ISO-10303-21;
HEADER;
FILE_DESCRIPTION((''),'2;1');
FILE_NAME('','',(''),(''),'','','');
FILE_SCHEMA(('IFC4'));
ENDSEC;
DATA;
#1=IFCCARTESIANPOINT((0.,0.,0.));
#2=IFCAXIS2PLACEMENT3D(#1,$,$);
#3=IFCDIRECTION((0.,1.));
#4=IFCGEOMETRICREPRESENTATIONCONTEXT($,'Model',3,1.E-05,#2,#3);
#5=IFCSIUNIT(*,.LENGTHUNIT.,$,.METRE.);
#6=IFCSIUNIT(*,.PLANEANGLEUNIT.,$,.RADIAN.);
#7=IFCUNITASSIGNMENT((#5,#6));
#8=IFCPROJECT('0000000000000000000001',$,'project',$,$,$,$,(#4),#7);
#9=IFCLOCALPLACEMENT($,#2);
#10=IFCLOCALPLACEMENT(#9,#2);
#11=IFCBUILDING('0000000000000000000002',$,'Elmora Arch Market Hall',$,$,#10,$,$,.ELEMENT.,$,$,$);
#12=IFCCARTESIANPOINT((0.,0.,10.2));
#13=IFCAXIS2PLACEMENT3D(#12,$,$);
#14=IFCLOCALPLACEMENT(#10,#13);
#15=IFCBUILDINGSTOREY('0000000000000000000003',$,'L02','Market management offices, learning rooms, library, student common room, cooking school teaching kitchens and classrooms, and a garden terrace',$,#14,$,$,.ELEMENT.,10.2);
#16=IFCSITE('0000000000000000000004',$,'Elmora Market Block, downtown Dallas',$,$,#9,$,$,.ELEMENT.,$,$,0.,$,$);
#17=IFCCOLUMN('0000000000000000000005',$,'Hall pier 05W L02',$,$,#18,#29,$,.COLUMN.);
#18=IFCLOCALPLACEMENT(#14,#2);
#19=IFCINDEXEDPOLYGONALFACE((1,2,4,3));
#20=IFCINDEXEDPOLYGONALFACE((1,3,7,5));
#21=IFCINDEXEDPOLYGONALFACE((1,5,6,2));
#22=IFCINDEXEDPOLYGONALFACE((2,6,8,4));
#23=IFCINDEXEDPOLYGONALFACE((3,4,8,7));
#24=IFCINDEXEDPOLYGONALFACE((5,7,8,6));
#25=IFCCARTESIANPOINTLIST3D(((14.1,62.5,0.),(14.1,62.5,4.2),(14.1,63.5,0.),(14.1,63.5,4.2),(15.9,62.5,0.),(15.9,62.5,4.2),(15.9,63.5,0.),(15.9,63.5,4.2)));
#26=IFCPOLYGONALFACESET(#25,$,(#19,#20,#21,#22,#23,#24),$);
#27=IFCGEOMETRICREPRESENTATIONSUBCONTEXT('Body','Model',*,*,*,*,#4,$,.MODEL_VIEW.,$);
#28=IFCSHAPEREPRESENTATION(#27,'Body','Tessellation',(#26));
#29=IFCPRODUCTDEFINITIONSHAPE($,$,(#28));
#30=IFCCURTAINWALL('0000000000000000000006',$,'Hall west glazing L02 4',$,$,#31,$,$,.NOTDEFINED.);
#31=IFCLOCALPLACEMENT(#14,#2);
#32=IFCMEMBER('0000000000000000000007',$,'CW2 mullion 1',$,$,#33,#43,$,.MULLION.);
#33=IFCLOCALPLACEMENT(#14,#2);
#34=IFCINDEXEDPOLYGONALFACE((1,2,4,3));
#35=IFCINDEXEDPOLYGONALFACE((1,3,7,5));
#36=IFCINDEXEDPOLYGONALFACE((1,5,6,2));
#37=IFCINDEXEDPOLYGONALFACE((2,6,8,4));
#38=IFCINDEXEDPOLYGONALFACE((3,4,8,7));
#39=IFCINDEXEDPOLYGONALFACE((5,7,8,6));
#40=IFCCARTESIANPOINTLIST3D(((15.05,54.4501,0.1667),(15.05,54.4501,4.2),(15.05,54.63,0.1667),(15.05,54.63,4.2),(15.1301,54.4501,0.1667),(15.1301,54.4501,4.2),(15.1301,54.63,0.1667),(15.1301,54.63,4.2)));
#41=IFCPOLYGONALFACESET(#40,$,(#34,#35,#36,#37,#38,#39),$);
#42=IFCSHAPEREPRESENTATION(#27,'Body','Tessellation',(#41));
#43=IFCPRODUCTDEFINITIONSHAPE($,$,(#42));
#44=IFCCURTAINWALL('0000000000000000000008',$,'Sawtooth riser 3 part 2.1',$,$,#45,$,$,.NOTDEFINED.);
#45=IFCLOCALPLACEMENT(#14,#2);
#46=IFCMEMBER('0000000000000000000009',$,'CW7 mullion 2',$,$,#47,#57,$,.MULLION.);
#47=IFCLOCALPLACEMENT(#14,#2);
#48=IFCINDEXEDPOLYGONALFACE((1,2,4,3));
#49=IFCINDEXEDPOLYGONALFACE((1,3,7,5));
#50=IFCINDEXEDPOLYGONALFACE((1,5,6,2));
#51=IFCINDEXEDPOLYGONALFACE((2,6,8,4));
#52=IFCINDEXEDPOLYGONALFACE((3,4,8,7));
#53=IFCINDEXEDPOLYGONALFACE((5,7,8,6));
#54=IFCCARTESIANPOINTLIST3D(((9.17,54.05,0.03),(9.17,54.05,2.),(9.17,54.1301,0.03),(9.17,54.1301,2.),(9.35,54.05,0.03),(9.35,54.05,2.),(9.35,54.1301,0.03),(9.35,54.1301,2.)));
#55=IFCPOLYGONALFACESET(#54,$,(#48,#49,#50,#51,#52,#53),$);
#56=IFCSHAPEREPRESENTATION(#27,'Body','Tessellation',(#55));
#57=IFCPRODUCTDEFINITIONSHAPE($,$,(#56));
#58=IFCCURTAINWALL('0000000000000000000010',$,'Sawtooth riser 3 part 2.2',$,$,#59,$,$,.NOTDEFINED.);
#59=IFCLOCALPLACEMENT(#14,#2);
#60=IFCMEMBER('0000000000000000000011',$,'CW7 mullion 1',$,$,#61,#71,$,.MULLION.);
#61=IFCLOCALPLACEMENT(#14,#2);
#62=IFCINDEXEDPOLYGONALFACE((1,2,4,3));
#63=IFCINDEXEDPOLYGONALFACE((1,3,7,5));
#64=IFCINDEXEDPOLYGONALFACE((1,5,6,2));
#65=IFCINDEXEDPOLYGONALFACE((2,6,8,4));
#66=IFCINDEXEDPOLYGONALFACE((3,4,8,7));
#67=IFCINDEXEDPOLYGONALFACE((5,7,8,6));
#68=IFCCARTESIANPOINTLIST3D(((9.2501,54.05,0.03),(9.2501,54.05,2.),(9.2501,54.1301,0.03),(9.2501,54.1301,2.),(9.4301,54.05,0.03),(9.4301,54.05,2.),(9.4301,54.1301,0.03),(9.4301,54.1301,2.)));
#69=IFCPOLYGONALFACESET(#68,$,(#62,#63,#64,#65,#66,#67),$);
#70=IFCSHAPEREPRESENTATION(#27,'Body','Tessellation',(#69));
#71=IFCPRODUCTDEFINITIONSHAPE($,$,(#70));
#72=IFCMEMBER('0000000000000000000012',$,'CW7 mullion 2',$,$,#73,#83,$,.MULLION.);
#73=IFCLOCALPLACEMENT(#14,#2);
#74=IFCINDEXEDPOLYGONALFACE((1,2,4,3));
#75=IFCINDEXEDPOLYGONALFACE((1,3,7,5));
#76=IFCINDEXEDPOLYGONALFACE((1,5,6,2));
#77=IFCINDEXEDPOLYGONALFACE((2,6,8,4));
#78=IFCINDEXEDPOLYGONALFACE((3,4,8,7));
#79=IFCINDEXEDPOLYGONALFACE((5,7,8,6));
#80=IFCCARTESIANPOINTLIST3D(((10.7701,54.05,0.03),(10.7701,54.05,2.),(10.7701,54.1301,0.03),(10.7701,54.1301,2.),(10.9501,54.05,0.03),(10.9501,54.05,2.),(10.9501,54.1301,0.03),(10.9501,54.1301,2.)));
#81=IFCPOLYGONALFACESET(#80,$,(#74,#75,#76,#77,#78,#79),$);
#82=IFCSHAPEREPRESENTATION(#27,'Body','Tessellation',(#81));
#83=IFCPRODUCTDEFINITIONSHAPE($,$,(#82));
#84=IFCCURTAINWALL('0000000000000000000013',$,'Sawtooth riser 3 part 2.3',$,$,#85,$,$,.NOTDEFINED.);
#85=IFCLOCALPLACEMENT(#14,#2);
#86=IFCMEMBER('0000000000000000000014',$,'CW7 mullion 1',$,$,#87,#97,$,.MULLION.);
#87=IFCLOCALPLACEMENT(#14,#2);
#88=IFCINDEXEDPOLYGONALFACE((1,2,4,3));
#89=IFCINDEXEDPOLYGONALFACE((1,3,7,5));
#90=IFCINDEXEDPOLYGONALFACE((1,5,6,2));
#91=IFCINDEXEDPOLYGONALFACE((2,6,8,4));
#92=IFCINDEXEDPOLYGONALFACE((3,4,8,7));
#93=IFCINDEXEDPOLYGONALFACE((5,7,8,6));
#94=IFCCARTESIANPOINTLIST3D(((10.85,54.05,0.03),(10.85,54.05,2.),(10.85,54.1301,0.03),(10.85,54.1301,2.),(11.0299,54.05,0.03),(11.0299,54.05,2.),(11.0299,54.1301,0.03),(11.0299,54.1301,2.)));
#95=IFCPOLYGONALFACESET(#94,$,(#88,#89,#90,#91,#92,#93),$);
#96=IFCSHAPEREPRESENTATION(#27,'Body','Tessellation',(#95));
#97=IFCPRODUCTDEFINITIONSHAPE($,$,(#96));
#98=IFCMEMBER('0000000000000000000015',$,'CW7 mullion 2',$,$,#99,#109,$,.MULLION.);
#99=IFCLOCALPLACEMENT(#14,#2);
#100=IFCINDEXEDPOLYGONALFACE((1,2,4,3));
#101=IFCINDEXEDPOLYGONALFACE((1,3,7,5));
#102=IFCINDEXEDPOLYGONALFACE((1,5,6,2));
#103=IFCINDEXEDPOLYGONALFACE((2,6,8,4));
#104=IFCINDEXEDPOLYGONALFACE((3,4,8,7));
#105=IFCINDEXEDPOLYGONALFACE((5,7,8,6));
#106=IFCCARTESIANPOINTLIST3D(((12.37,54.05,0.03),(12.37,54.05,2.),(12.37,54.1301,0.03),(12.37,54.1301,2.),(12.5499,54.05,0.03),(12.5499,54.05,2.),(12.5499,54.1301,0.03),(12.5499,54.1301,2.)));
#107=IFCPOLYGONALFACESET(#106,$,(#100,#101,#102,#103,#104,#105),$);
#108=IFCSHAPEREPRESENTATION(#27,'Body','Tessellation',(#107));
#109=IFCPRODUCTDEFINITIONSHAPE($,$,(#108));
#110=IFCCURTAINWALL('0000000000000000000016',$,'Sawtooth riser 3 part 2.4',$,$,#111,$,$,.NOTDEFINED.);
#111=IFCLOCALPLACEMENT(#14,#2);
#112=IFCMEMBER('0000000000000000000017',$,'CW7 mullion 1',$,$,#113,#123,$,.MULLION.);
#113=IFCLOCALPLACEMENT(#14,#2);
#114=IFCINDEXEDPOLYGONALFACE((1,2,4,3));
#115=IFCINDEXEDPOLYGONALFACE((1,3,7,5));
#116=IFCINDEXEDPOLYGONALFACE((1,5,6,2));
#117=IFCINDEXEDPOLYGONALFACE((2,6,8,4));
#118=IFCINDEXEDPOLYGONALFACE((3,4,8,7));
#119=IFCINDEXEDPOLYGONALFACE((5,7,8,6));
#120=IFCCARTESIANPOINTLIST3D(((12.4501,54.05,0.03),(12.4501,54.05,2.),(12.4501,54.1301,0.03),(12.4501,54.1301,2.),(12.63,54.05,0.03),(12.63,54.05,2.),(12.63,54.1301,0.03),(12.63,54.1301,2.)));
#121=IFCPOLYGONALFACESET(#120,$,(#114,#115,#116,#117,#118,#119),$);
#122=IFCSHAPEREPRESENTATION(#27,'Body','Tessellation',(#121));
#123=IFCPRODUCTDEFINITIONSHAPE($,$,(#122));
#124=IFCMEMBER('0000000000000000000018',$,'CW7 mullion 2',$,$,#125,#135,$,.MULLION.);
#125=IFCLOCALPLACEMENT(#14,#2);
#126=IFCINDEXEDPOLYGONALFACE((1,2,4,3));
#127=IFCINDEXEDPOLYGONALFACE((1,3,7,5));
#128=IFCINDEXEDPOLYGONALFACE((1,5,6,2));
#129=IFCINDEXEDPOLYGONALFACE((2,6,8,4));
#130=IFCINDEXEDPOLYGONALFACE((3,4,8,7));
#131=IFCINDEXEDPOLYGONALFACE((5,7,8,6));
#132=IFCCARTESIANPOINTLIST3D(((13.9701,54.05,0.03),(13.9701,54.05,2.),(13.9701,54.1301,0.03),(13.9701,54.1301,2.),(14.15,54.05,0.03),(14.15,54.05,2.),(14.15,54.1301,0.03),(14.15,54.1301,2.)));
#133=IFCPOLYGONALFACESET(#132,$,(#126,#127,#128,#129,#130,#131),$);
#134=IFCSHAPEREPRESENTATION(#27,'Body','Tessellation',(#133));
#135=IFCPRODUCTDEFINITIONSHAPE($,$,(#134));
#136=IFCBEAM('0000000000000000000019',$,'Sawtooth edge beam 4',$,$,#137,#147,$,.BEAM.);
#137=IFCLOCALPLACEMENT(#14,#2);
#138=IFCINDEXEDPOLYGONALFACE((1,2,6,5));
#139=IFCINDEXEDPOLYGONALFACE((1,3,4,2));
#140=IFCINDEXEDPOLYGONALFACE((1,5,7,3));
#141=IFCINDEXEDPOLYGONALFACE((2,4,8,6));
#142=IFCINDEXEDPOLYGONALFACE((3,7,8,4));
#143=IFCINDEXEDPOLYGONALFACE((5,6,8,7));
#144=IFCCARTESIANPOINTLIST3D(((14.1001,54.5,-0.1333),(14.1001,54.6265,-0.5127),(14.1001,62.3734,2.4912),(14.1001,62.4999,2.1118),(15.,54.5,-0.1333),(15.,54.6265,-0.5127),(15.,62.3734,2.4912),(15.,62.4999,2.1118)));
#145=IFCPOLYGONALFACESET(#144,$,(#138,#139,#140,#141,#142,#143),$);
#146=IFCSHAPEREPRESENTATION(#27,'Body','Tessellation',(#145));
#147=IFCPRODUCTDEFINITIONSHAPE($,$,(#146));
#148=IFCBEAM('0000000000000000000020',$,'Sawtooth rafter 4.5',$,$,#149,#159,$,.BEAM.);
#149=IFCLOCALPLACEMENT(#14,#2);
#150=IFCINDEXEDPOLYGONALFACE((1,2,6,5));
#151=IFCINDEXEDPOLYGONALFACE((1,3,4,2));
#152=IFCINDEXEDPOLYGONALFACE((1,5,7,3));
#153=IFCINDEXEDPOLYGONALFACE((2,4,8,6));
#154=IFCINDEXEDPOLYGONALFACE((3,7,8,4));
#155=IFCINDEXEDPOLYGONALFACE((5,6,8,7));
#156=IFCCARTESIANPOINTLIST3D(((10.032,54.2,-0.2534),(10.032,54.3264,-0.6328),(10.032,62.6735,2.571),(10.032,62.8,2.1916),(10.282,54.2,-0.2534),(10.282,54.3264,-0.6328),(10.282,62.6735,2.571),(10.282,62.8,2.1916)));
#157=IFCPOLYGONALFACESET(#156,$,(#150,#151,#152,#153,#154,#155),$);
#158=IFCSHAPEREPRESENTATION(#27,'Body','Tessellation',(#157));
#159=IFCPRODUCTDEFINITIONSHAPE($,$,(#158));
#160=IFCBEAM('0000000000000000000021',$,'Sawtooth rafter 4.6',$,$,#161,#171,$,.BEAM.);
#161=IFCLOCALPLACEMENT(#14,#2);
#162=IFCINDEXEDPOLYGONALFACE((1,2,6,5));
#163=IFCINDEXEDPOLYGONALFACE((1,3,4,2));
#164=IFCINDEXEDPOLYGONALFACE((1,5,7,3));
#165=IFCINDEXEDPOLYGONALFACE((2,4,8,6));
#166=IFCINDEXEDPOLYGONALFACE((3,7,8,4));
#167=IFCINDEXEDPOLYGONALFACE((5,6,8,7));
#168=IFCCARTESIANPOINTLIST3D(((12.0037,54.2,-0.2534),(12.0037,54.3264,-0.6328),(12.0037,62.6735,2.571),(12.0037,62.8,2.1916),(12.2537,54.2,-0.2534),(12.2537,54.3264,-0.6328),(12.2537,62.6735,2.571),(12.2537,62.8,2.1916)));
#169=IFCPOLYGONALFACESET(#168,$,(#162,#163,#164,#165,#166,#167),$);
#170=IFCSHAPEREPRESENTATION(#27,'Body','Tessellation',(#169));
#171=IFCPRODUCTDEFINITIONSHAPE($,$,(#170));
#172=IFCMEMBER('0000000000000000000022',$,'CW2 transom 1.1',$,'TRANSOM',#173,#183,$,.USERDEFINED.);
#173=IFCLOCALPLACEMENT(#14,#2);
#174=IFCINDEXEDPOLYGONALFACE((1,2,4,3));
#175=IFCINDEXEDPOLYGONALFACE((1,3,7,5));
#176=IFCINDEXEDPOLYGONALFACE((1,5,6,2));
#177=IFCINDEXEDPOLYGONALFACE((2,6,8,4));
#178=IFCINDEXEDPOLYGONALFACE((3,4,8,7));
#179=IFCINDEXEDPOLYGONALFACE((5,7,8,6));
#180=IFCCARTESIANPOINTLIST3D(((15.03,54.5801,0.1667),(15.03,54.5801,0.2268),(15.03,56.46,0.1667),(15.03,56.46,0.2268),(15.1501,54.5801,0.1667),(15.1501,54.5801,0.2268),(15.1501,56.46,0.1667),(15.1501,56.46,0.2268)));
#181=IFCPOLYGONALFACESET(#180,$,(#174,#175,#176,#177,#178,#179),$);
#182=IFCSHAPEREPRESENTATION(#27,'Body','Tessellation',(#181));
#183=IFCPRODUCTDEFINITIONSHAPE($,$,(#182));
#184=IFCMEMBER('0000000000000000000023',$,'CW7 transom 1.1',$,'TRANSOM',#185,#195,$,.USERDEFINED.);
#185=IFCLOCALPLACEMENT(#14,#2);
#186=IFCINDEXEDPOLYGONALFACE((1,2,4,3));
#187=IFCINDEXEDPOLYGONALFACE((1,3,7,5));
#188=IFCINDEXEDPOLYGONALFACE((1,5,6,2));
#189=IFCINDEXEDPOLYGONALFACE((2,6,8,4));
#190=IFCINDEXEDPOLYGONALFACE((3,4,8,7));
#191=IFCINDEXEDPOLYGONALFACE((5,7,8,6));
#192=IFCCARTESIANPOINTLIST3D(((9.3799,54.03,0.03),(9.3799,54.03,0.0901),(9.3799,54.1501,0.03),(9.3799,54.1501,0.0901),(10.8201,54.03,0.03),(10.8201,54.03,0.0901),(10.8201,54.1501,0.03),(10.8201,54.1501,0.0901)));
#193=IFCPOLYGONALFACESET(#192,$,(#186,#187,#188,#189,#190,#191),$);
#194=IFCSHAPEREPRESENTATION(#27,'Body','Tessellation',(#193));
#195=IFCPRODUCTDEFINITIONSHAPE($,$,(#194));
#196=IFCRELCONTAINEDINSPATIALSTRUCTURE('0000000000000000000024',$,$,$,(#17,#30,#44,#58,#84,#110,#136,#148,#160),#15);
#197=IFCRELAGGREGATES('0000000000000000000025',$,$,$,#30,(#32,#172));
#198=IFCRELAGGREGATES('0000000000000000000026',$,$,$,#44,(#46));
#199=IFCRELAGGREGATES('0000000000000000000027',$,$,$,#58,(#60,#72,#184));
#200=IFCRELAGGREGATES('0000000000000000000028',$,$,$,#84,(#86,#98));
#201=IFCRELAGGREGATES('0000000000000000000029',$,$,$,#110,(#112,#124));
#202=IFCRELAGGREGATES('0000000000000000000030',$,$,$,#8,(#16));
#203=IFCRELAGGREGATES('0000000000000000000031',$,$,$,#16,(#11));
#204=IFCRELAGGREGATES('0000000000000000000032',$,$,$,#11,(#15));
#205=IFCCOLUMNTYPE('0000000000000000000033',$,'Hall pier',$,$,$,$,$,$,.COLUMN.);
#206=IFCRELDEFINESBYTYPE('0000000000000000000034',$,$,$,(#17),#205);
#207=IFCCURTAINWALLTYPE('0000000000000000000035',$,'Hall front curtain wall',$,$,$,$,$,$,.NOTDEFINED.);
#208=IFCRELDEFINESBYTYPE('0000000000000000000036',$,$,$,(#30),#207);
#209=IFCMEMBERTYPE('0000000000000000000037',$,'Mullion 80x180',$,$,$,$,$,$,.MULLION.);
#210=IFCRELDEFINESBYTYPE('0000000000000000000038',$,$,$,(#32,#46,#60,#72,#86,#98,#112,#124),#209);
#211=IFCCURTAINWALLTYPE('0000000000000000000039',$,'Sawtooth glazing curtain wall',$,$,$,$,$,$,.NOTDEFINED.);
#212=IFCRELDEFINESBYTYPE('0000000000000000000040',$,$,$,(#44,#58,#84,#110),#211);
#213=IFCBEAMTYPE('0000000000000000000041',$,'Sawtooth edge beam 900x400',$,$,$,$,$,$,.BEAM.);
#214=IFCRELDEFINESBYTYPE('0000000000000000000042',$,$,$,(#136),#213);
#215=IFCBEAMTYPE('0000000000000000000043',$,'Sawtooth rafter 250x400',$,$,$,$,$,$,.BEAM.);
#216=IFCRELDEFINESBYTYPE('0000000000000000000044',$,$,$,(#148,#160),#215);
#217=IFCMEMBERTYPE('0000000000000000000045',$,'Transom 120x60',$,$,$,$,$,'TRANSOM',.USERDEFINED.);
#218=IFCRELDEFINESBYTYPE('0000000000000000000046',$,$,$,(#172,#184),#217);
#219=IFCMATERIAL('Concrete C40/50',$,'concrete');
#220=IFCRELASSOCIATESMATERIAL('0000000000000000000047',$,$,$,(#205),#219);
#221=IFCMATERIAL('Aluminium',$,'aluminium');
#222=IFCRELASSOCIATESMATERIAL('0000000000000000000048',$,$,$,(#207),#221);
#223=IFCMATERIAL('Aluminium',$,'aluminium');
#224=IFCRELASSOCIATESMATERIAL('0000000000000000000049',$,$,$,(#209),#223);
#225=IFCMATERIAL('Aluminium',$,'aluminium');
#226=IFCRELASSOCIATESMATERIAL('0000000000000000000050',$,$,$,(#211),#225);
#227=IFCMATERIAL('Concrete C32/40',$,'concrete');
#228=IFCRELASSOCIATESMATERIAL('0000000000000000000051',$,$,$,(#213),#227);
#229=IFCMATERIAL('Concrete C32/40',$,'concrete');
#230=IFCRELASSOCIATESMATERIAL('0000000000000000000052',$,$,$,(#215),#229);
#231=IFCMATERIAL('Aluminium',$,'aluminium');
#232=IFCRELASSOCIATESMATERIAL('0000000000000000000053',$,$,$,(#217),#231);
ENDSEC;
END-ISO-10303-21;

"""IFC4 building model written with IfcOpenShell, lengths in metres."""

from ifc_helpers import new_model, si_unit, direction, frame, origin, origin_2d, place, context, subcontext, project, spatial, rectangle, extrude, material, material_profile, profile_set, type_object, element, aggregate, save


model = new_model("IFC4")

# Units and contexts
model_context = context("Model", 3, precision=1e-05, world=origin(), true_north=direction((0.0, 1.0)))
body_context = subcontext(model_context, "Body", "Model", "MODEL_VIEW")
ifc_project = project(units=[si_unit("LENGTHUNIT", "METRE"), si_unit("PLANEANGLEUNIT", "RADIAN")], contexts=[model_context])

# Site, building, storey
site_placement = place(None, origin())
site = spatial("IfcSite", under=ifc_project, at=site_placement, Name="Elmora Market Block, downtown Dallas", CompositionType="ELEMENT", RefElevation=0.0)
building_placement = place(site_placement, origin())
building = spatial("IfcBuilding", under=site, at=building_placement, Name="Elmora Arch Market Hall", CompositionType="ELEMENT")
storey_placement = place(building_placement, frame((0.0, 0.0, 10.2)))
storey = spatial("IfcBuildingStorey", under=building, at=storey_placement, Name="L02", Description="Market management offices, learning rooms, library, student common room, cooking school teaching kitchens and classrooms, and a garden terrace", CompositionType="ELEMENT", Elevation=10.2)

# Column
ifc_material_1 = material(Name="Concrete C40/50", Category="concrete")
ifc_material_profile_1 = material_profile(ifc_material_1, rectangle(XDim=1.8, YDim=1.0, at=origin_2d()), Name="Hall pier")
ifc_profile_set_1 = profile_set([ifc_material_profile_1], Name="Concrete C40/50")
column_type = type_object("IfcColumnType", Name="Hall pier", PredefinedType="COLUMN", material=ifc_profile_set_1)
column_placement = place(storey_placement, frame((15.0, 63.0, 0.0), z_axis=(0.0, 0.0, 1.0), x_axis=(1.0, 0.0, 0.0)))
element("IfcColumn", 1, at=column_placement, inside=storey, type_object=column_type, Name="Hall pier 05W L02", PredefinedType="COLUMN", context=body_context, shape_type="SweptSolid", body=[
    extrude(rectangle(XDim=1.8, YDim=1.0, at=origin_2d()), origin(), (0.0, 0.0, 1.0), 4.2),
])

# Curtain walls, members
ifc_material_2 = material(Name="Aluminium", Category="aluminium")
curtain_wall_type_1 = type_object("IfcCurtainWallType", Name="Hall front curtain wall", PredefinedType="NOTDEFINED", material=ifc_material_2)
curtain_wall_1_placement = place(storey_placement, origin())
curtain_wall_1 = element("IfcCurtainWall", 2, at=curtain_wall_1_placement, inside=storey, type_object=curtain_wall_type_1, Name="Hall west glazing L02 4", PredefinedType="NOTDEFINED")
ifc_material_3 = material(Name="Aluminium", Category="aluminium")
ifc_material_profile_2 = material_profile(ifc_material_3, rectangle(XDim=0.0801, YDim=0.1799, at=origin_2d()), Name="AL 80x180")
ifc_profile_set_2 = profile_set([ifc_material_profile_2], Name="Aluminium")
member_type_1 = type_object("IfcMemberType", Name="Mullion 80x180", PredefinedType="MULLION", material=ifc_profile_set_2)
member_1_placement = place(storey_placement, frame((15.0901, 54.54, 0.1667), z_axis=(0.0, 0.0, 1.0), x_axis=(-1.0, 0.0, 0.0)))
member_1 = element("IfcMember", 3, at=member_1_placement, type_object=member_type_1, Name="CW2 mullion 1", PredefinedType="MULLION", context=body_context, shape_type="SweptSolid", body=[
    extrude(rectangle(XDim=0.0801, YDim=0.1799, at=origin_2d()), origin(), (0.0, 0.0, 1.0), 4.0332),
])
ifc_material_4 = material(Name="Aluminium", Category="aluminium")
curtain_wall_type_2 = type_object("IfcCurtainWallType", Name="Sawtooth glazing curtain wall", PredefinedType="NOTDEFINED", material=ifc_material_4)
curtain_wall_2_placement = place(storey_placement, origin())
curtain_wall_2 = element("IfcCurtainWall", 4, at=curtain_wall_2_placement, inside=storey, type_object=curtain_wall_type_2, Name="Sawtooth riser 3 part 2.1", PredefinedType="NOTDEFINED")
member_2_placement = place(storey_placement, frame((9.26, 54.0901, 0.03), z_axis=(0.0, 0.0, 1.0), x_axis=(0.0, 1.0, 0.0)))
member_2 = element("IfcMember", 5, at=member_2_placement, type_object=member_type_1, Name="CW7 mullion 2", PredefinedType="MULLION", context=body_context, shape_type="SweptSolid", body=[
    extrude(rectangle(XDim=0.0801, YDim=0.1799, at=origin_2d()), origin(), (0.0, 0.0, 1.0), 1.97),
])

# Curtain walls, members
curtain_wall_3_placement = place(storey_placement, origin())
curtain_wall_3 = element("IfcCurtainWall", 6, at=curtain_wall_3_placement, inside=storey, type_object=curtain_wall_type_2, Name="Sawtooth riser 3 part 2.2", PredefinedType="NOTDEFINED")
member_3_placement = place(storey_placement, frame((9.3401, 54.0901, 0.03), z_axis=(0.0, 0.0, 1.0), x_axis=(0.0, 1.0, 0.0)))
member_3 = element("IfcMember", 7, at=member_3_placement, type_object=member_type_1, Name="CW7 mullion 1", PredefinedType="MULLION", context=body_context, shape_type="SweptSolid", body=[
    extrude(rectangle(XDim=0.0801, YDim=0.1799, at=origin_2d()), origin(), (0.0, 0.0, 1.0), 1.97),
])
member_4_placement = place(storey_placement, frame((10.8601, 54.0901, 0.03), z_axis=(0.0, 0.0, 1.0), x_axis=(0.0, 1.0, 0.0)))
member_4 = element("IfcMember", 8, at=member_4_placement, type_object=member_type_1, Name="CW7 mullion 2", PredefinedType="MULLION", context=body_context, shape_type="SweptSolid", body=[
    extrude(rectangle(XDim=0.0801, YDim=0.1799, at=origin_2d()), origin(), (0.0, 0.0, 1.0), 1.97),
])
curtain_wall_4_placement = place(storey_placement, origin())
curtain_wall_4 = element("IfcCurtainWall", 9, at=curtain_wall_4_placement, inside=storey, type_object=curtain_wall_type_2, Name="Sawtooth riser 3 part 2.3", PredefinedType="NOTDEFINED")
member_5_placement = place(storey_placement, frame((10.9399, 54.0901, 0.03), z_axis=(0.0, 0.0, 1.0), x_axis=(0.0, 1.0, 0.0)))
member_5 = element("IfcMember", 10, at=member_5_placement, type_object=member_type_1, Name="CW7 mullion 1", PredefinedType="MULLION", context=body_context, shape_type="SweptSolid", body=[
    extrude(rectangle(XDim=0.0801, YDim=0.1799, at=origin_2d()), origin(), (0.0, 0.0, 1.0), 1.97),
])
member_6_placement = place(storey_placement, frame((12.46, 54.0901, 0.03), z_axis=(0.0, 0.0, 1.0), x_axis=(0.0, 1.0, 0.0)))
member_6 = element("IfcMember", 11, at=member_6_placement, type_object=member_type_1, Name="CW7 mullion 2", PredefinedType="MULLION", context=body_context, shape_type="SweptSolid", body=[
    extrude(rectangle(XDim=0.0801, YDim=0.1799, at=origin_2d()), origin(), (0.0, 0.0, 1.0), 1.97),
])
curtain_wall_5_placement = place(storey_placement, origin())
curtain_wall_5 = element("IfcCurtainWall", 12, at=curtain_wall_5_placement, inside=storey, type_object=curtain_wall_type_2, Name="Sawtooth riser 3 part 2.4", PredefinedType="NOTDEFINED")
member_7_placement = place(storey_placement, frame((12.54, 54.0901, 0.03), z_axis=(0.0, 0.0, 1.0), x_axis=(0.0, 1.0, 0.0)))
member_7 = element("IfcMember", 13, at=member_7_placement, type_object=member_type_1, Name="CW7 mullion 1", PredefinedType="MULLION", context=body_context, shape_type="SweptSolid", body=[
    extrude(rectangle(XDim=0.0801, YDim=0.1799, at=origin_2d()), origin(), (0.0, 0.0, 1.0), 1.97),
])
member_8_placement = place(storey_placement, frame((14.0601, 54.0901, 0.03), z_axis=(0.0, 0.0, 1.0), x_axis=(0.0, 1.0, 0.0)))
member_8 = element("IfcMember", 14, at=member_8_placement, type_object=member_type_1, Name="CW7 mullion 2", PredefinedType="MULLION", context=body_context, shape_type="SweptSolid", body=[
    extrude(rectangle(XDim=0.0801, YDim=0.1799, at=origin_2d()), origin(), (0.0, 0.0, 1.0), 1.97),
])

# Beams
ifc_material_5 = material(Name="Concrete C32/40", Category="concrete")
ifc_material_profile_3 = material_profile(ifc_material_5, rectangle(XDim=0.8999, YDim=0.3999, at=origin_2d()), Name="Sawtooth edge beam 900x400")
ifc_profile_set_3 = profile_set([ifc_material_profile_3], Name="Concrete C32/40")
beam_type_1 = type_object("IfcBeamType", Name="Sawtooth edge beam 900x400", PredefinedType="BEAM", material=ifc_profile_set_3)
beam_placement = place(storey_placement, frame((14.55, 54.5632, -0.323), z_axis=(0.0, 0.948683, 0.316228), x_axis=(-1.0, 0.0, 0.0)))
element("IfcBeam", 15, at=beam_placement, inside=storey, type_object=beam_type_1, Name="Sawtooth edge beam 4", PredefinedType="BEAM", context=body_context, shape_type="SweptSolid", body=[
    extrude(rectangle(XDim=0.8999, YDim=0.3999, at=origin_2d()), origin(), (0.0, 0.0, 1.0), 8.2993),
])
ifc_material_6 = material(Name="Concrete C32/40", Category="concrete")
ifc_material_profile_4 = material_profile(ifc_material_6, rectangle(XDim=0.25, YDim=0.3999, at=origin_2d()), Name="Sawtooth rafter 250x400")
ifc_profile_set_4 = profile_set([ifc_material_profile_4], Name="Concrete C32/40")
beam_type_2 = type_object("IfcBeamType", Name="Sawtooth rafter 250x400", PredefinedType="BEAM", material=ifc_profile_set_4)
for number, where, z_axis, x_axis, name in (
    (16, (10.157, 54.2632, -0.4431), (0.0, 0.948686, 0.31622), (-1.0, 0.0, 0.0), "Sawtooth rafter 4.5"),
    (17, (12.1287, 54.2632, -0.4431), (0.0, 0.948686, 0.31622), (-1.0, 0.0, 0.0), "Sawtooth rafter 4.6"),
):
    element("IfcBeam", number, at=place(storey_placement, frame(where, z_axis=z_axis, x_axis=x_axis)), inside=storey, type_object=beam_type_2, Name=name, PredefinedType="BEAM", context=body_context, shape_type="SweptSolid", body=[
        extrude(rectangle(XDim=0.25, YDim=0.3999, at=origin_2d()), origin(), (0.0, 0.0, 1.0), 8.9319),
    ])

# Members
ifc_material_7 = material(Name="Aluminium", Category="aluminium")
ifc_material_profile_5 = material_profile(ifc_material_7, rectangle(XDim=0.1201, YDim=0.0601, at=origin_2d()), Name="AL 120x60")
ifc_profile_set_5 = profile_set([ifc_material_profile_5], Name="Aluminium")
member_type_2 = type_object("IfcMemberType", Name="Transom 120x60", ElementType="TRANSOM", PredefinedType="USERDEFINED", material=ifc_profile_set_5)
member_9_placement = place(storey_placement, frame((15.0901, 54.5801, 0.1968), z_axis=(0.0, 1.0, 0.0), x_axis=(-1.0, 0.0, 0.0)))
member_9 = element("IfcMember", 18, at=member_9_placement, type_object=member_type_2, Name="CW2 transom 1.1", ObjectType="TRANSOM", PredefinedType="USERDEFINED", context=body_context, shape_type="SweptSolid", body=[
    extrude(rectangle(XDim=0.1201, YDim=0.0601, at=origin_2d()), origin(), (0.0, 0.0, 1.0), 1.8799),
])
aggregate(curtain_wall_1, [member_1, member_9])
member_10_placement = place(storey_placement, frame((9.3799, 54.0901, 0.0601), z_axis=(1.0, 0.0, 0.0), x_axis=(0.0, 1.0, 0.0)))
member_10 = element("IfcMember", 19, at=member_10_placement, type_object=member_type_2, Name="CW7 transom 1.1", ObjectType="TRANSOM", PredefinedType="USERDEFINED", context=body_context, shape_type="SweptSolid", body=[
    extrude(rectangle(XDim=0.1201, YDim=0.0601, at=origin_2d()), origin(), (0.0, 0.0, 1.0), 1.4402),
])

aggregate(curtain_wall_2, [member_2])
aggregate(curtain_wall_3, [member_3, member_4, member_10])
aggregate(curtain_wall_4, [member_5, member_6])
aggregate(curtain_wall_5, [member_7, member_8])

save(model, "model.ifc")
